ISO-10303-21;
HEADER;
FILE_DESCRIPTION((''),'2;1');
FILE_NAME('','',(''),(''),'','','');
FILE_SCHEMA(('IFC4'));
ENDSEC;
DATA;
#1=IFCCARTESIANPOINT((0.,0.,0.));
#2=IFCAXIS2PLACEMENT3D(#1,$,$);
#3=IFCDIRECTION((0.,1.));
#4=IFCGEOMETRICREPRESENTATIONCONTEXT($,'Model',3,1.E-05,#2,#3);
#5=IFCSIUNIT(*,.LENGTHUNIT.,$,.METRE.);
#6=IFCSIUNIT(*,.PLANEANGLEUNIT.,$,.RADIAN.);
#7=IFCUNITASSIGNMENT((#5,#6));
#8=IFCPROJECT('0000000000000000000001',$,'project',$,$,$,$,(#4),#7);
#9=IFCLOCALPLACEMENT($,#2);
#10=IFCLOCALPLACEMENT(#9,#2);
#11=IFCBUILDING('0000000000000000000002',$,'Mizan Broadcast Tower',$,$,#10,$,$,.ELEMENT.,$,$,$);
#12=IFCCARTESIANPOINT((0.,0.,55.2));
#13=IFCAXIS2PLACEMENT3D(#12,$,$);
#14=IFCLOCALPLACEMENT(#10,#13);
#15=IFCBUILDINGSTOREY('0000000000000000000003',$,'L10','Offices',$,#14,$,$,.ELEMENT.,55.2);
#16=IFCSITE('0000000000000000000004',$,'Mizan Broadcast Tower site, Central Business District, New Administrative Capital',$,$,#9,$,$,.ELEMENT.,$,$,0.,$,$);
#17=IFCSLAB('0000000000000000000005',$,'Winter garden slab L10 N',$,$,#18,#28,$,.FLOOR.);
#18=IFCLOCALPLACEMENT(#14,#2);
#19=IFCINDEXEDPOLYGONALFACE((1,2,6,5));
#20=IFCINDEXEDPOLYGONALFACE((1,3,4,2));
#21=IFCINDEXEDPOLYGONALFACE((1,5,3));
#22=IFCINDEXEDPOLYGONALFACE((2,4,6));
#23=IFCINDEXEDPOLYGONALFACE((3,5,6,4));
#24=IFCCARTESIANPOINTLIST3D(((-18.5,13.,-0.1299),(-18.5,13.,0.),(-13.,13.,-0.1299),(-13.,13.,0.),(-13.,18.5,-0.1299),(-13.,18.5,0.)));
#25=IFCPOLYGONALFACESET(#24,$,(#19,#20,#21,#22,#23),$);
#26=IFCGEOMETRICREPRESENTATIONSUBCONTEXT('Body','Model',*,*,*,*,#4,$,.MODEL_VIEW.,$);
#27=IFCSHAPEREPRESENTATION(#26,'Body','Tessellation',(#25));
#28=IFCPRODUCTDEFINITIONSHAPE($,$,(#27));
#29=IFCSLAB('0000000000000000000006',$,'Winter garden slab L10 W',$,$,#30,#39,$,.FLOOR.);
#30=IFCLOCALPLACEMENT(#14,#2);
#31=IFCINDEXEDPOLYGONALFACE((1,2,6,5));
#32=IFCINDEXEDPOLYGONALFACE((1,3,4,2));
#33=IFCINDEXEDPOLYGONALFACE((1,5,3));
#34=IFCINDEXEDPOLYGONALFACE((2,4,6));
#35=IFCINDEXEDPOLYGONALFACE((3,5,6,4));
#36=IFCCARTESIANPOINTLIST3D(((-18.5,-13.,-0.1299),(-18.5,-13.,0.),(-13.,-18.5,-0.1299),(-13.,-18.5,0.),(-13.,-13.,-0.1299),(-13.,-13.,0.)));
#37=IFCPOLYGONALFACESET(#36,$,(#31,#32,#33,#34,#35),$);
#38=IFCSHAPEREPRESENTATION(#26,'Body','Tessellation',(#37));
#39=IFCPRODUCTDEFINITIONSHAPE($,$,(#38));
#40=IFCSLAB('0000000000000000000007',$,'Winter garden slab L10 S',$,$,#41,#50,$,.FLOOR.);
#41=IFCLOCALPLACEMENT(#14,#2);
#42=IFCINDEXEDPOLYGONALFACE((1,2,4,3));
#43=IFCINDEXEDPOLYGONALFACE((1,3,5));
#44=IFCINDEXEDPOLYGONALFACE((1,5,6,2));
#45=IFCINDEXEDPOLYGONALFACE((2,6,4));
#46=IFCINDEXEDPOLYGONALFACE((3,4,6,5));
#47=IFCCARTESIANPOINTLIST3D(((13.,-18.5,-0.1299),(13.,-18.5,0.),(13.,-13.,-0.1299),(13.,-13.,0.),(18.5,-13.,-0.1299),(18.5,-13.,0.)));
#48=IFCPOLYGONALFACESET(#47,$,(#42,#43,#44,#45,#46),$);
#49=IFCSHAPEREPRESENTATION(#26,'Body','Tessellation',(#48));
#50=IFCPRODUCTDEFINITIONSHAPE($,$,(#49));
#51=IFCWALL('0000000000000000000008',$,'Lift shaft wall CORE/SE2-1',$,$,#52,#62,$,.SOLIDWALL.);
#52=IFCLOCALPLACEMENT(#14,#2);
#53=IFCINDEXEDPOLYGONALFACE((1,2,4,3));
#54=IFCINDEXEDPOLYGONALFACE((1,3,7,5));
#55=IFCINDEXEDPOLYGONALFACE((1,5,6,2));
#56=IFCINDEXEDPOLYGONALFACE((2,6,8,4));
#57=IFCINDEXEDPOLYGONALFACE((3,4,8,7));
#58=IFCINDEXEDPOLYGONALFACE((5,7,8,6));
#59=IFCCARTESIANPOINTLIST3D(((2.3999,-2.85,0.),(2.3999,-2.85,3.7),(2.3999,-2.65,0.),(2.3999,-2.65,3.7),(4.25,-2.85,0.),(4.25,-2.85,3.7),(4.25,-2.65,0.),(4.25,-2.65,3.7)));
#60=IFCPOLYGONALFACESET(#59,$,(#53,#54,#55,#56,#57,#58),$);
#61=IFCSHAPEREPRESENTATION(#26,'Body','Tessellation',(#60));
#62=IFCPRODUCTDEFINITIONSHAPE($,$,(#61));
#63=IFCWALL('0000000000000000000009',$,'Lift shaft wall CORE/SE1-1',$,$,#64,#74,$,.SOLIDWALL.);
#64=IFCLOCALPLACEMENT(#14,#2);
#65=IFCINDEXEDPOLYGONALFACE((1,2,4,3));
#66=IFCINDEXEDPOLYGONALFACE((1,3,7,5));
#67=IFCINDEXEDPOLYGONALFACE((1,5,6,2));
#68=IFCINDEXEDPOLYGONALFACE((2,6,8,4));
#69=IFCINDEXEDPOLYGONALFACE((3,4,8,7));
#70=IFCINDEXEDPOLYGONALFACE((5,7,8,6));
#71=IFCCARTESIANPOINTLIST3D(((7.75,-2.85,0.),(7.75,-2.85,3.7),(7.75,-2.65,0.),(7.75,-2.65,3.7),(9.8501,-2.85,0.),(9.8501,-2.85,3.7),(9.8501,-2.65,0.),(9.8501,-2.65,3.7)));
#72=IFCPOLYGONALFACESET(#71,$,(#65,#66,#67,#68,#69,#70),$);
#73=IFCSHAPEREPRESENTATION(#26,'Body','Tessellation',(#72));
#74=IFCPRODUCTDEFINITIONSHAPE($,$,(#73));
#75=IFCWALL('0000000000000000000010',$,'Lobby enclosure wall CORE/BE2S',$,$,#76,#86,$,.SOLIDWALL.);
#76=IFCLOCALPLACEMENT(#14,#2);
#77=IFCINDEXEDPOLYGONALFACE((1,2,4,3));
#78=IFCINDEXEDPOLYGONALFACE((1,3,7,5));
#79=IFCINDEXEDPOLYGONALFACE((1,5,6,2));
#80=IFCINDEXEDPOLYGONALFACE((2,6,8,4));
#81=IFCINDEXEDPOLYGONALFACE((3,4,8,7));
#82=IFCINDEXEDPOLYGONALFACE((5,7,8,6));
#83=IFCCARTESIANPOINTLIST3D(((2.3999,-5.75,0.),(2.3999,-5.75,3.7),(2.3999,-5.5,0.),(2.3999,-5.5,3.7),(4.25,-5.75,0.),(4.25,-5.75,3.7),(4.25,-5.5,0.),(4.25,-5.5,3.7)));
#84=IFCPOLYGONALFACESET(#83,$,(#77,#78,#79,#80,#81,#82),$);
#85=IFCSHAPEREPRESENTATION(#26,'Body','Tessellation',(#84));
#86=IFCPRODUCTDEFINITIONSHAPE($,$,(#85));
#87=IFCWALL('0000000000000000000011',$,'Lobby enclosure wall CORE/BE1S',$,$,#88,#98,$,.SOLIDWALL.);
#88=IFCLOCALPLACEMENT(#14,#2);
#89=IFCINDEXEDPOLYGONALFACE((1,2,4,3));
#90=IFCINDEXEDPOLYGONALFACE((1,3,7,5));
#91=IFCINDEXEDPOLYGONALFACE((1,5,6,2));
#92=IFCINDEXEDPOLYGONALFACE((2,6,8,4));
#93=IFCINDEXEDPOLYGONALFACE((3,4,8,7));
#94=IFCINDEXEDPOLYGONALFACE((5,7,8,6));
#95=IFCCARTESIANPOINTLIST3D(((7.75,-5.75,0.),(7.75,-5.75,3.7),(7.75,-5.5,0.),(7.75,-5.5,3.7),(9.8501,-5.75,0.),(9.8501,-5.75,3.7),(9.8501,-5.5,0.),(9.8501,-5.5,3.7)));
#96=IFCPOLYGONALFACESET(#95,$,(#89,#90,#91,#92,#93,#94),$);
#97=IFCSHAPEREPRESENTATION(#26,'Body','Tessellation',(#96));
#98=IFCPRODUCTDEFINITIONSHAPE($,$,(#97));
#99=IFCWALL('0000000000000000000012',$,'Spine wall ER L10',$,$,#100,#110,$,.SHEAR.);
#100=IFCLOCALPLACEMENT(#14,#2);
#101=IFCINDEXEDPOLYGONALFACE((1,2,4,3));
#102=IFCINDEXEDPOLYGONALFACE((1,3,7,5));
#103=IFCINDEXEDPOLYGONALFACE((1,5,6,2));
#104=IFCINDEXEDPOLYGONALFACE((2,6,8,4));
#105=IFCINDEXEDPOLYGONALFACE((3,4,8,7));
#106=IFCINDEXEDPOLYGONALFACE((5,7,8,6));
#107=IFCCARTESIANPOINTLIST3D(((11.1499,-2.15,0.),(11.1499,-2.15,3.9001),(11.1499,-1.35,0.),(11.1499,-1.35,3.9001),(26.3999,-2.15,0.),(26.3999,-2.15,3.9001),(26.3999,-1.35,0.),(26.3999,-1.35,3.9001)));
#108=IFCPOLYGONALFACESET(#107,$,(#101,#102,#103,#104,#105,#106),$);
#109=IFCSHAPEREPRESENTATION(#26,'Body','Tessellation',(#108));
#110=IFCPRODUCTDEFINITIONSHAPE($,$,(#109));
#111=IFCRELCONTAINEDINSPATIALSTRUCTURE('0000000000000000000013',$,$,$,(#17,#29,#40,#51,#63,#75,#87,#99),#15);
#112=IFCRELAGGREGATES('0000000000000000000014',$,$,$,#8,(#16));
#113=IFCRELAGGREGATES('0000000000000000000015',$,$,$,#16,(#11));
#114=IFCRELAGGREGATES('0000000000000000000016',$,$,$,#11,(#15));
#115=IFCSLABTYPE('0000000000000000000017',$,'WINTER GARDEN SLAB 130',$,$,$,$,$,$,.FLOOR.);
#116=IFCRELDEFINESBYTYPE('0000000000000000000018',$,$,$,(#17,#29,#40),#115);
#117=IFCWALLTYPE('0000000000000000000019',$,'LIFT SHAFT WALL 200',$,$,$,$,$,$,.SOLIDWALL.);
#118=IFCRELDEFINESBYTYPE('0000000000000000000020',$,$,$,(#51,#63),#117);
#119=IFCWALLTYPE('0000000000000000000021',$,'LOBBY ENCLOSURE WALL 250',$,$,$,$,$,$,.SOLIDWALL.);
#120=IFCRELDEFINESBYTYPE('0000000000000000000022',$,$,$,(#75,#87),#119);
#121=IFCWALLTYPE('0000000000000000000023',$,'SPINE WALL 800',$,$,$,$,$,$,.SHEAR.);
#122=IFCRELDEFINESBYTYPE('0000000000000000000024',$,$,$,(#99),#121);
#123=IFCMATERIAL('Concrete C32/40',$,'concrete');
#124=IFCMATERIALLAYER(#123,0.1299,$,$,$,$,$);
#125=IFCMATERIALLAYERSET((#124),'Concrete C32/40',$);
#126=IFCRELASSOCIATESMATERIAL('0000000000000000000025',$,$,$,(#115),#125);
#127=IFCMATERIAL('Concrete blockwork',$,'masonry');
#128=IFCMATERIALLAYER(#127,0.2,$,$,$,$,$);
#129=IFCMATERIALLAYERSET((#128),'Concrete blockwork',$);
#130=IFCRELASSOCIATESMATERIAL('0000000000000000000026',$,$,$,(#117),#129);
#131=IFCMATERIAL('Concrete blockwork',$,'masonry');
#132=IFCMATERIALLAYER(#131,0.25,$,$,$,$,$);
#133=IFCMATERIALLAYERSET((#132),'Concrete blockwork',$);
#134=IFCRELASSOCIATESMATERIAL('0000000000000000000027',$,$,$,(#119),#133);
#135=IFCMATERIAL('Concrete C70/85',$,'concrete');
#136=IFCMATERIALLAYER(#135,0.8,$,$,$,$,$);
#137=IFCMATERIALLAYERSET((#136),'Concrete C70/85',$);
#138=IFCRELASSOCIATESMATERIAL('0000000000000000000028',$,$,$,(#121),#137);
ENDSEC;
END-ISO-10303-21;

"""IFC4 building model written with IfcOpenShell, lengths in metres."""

from ifc_helpers import new_model, si_unit, direction, frame, frame_2d, origin, place, context, subcontext, project, spatial, polyline, rectangle, outline, extrude, material, layer, layer_set, type_object, element, save


model = new_model("IFC4")

# Units and contexts
model_context = context("Model", 3, precision=1e-05, world=origin(), true_north=direction((0.0, 1.0)))
body_context = subcontext(model_context, "Body", "Model", "MODEL_VIEW")
ifc_project = project(units=[si_unit("LENGTHUNIT", "METRE"), si_unit("PLANEANGLEUNIT", "RADIAN")], contexts=[model_context])

# Site, building, storey
site_placement = place(None, origin())
site = spatial("IfcSite", under=ifc_project, at=site_placement, Name="Mizan Broadcast Tower site, Central Business District, New Administrative Capital", CompositionType="ELEMENT", RefElevation=0.0)
building_placement = place(site_placement, origin())
building = spatial("IfcBuilding", under=site, at=building_placement, Name="Mizan Broadcast Tower", CompositionType="ELEMENT")
storey_placement = place(building_placement, frame((0.0, 0.0, 55.2)))
storey = spatial("IfcBuildingStorey", under=building, at=storey_placement, Name="L10", Description="Offices", CompositionType="ELEMENT", Elevation=55.2)

# Slabs
ifc_material_1 = material(Name="Concrete C32/40", Category="concrete")
ifc_layer_1 = layer(ifc_material_1, 0.1299)
ifc_layer_set_1 = layer_set([ifc_layer_1], Name="Concrete C32/40")
slab_type_1 = type_object("IfcSlabType", Name="WINTER GARDEN SLAB 130", PredefinedType="FLOOR", material=ifc_layer_set_1)
slab_1_placement = place(storey_placement, frame((0.0, 0.0, -0.1299)))
element("IfcSlab", 1, at=slab_1_placement, inside=storey, type_object=slab_type_1, Name="Winter garden slab L10 N", PredefinedType="FLOOR", context=body_context, shape_type="SweptSolid", body=[
    extrude(outline(polyline([(-13.0, 13.0), (-13.0, 18.5), (-18.5, 13.0), (-13.0, 13.0)])), origin(), (0.0, 0.0, 1.0), 0.1299),
])
slab_2_placement = place(storey_placement, frame((0.0, 0.0, -0.1299)))
element("IfcSlab", 2, at=slab_2_placement, inside=storey, type_object=slab_type_1, Name="Winter garden slab L10 W", PredefinedType="FLOOR", context=body_context, shape_type="SweptSolid", body=[
    extrude(outline(polyline([(-13.0, -13.0), (-18.5, -13.0), (-13.0, -18.5), (-13.0, -13.0)])), origin(), (0.0, 0.0, 1.0), 0.1299),
])
slab_3_placement = place(storey_placement, frame((0.0, 0.0, -0.1299)))
element("IfcSlab", 3, at=slab_3_placement, inside=storey, type_object=slab_type_1, Name="Winter garden slab L10 S", PredefinedType="FLOOR", context=body_context, shape_type="SweptSolid", body=[
    extrude(outline(polyline([(13.0, -13.0), (13.0, -18.5), (18.5, -13.0), (13.0, -13.0)])), origin(), (0.0, 0.0, 1.0), 0.1299),
])

# Walls
ifc_material_2 = material(Name="Concrete blockwork", Category="masonry")
ifc_layer_2 = layer(ifc_material_2, 0.2)
ifc_layer_set_2 = layer_set([ifc_layer_2], Name="Concrete blockwork")
wall_type_1 = type_object("IfcWallType", Name="LIFT SHAFT WALL 200", PredefinedType="SOLIDWALL", material=ifc_layer_set_2)
wall_1_placement = place(storey_placement, frame((2.3999, -2.75, 0.0), z_axis=(0.0, 0.0, 1.0), x_axis=(1.0, 0.0, 0.0)))
element("IfcWall", 4, at=wall_1_placement, inside=storey, type_object=wall_type_1, Name="Lift shaft wall CORE/SE2-1", PredefinedType="SOLIDWALL", context=body_context, shape_type="SweptSolid", body=[
    extrude(rectangle(XDim=1.8501, YDim=0.2, at=frame_2d((0.925, 0.0))), origin(), (0.0, 0.0, 1.0), 3.7),
])
wall_2_placement = place(storey_placement, frame((7.75, -2.75, 0.0), z_axis=(0.0, 0.0, 1.0), x_axis=(1.0, 0.0, 0.0)))
element("IfcWall", 5, at=wall_2_placement, inside=storey, type_object=wall_type_1, Name="Lift shaft wall CORE/SE1-1", PredefinedType="SOLIDWALL", context=body_context, shape_type="SweptSolid", body=[
    extrude(rectangle(XDim=2.1001, YDim=0.2, at=frame_2d((1.05, 0.0))), origin(), (0.0, 0.0, 1.0), 3.7),
])
ifc_material_3 = material(Name="Concrete blockwork", Category="masonry")
ifc_layer_3 = layer(ifc_material_3, 0.25)
ifc_layer_set_3 = layer_set([ifc_layer_3], Name="Concrete blockwork")
wall_type_2 = type_object("IfcWallType", Name="LOBBY ENCLOSURE WALL 250", PredefinedType="SOLIDWALL", material=ifc_layer_set_3)
wall_3_placement = place(storey_placement, frame((2.3999, -5.625, 0.0), z_axis=(0.0, 0.0, 1.0), x_axis=(1.0, 0.0, 0.0)))
element("IfcWall", 6, at=wall_3_placement, inside=storey, type_object=wall_type_2, Name="Lobby enclosure wall CORE/BE2S", PredefinedType="SOLIDWALL", context=body_context, shape_type="SweptSolid", body=[
    extrude(rectangle(XDim=1.8501, YDim=0.25, at=frame_2d((0.925, 0.0))), origin(), (0.0, 0.0, 1.0), 3.7),
])
wall_4_placement = place(storey_placement, frame((7.75, -5.625, 0.0), z_axis=(0.0, 0.0, 1.0), x_axis=(1.0, 0.0, 0.0)))
element("IfcWall", 7, at=wall_4_placement, inside=storey, type_object=wall_type_2, Name="Lobby enclosure wall CORE/BE1S", PredefinedType="SOLIDWALL", context=body_context, shape_type="SweptSolid", body=[
    extrude(rectangle(XDim=2.1001, YDim=0.25, at=frame_2d((1.05, 0.0))), origin(), (0.0, 0.0, 1.0), 3.7),
])
ifc_material_4 = material(Name="Concrete C70/85", Category="concrete")
ifc_layer_4 = layer(ifc_material_4, 0.8)
ifc_layer_set_4 = layer_set([ifc_layer_4], Name="Concrete C70/85")
wall_type_3 = type_object("IfcWallType", Name="SPINE WALL 800", PredefinedType="SHEAR", material=ifc_layer_set_4)
wall_5_placement = place(storey_placement, frame((11.1499, -1.75, 0.0), z_axis=(0.0, 0.0, 1.0), x_axis=(1.0, 0.0, 0.0)))
element("IfcWall", 8, at=wall_5_placement, inside=storey, type_object=wall_type_3, Name="Spine wall ER L10", PredefinedType="SHEAR", context=body_context, shape_type="SweptSolid", body=[
    extrude(rectangle(XDim=15.25, YDim=0.8, at=frame_2d((7.625, 0.0))), origin(), (0.0, 0.0, 1.0), 3.9001),
])

save(model, "model.ifc")
